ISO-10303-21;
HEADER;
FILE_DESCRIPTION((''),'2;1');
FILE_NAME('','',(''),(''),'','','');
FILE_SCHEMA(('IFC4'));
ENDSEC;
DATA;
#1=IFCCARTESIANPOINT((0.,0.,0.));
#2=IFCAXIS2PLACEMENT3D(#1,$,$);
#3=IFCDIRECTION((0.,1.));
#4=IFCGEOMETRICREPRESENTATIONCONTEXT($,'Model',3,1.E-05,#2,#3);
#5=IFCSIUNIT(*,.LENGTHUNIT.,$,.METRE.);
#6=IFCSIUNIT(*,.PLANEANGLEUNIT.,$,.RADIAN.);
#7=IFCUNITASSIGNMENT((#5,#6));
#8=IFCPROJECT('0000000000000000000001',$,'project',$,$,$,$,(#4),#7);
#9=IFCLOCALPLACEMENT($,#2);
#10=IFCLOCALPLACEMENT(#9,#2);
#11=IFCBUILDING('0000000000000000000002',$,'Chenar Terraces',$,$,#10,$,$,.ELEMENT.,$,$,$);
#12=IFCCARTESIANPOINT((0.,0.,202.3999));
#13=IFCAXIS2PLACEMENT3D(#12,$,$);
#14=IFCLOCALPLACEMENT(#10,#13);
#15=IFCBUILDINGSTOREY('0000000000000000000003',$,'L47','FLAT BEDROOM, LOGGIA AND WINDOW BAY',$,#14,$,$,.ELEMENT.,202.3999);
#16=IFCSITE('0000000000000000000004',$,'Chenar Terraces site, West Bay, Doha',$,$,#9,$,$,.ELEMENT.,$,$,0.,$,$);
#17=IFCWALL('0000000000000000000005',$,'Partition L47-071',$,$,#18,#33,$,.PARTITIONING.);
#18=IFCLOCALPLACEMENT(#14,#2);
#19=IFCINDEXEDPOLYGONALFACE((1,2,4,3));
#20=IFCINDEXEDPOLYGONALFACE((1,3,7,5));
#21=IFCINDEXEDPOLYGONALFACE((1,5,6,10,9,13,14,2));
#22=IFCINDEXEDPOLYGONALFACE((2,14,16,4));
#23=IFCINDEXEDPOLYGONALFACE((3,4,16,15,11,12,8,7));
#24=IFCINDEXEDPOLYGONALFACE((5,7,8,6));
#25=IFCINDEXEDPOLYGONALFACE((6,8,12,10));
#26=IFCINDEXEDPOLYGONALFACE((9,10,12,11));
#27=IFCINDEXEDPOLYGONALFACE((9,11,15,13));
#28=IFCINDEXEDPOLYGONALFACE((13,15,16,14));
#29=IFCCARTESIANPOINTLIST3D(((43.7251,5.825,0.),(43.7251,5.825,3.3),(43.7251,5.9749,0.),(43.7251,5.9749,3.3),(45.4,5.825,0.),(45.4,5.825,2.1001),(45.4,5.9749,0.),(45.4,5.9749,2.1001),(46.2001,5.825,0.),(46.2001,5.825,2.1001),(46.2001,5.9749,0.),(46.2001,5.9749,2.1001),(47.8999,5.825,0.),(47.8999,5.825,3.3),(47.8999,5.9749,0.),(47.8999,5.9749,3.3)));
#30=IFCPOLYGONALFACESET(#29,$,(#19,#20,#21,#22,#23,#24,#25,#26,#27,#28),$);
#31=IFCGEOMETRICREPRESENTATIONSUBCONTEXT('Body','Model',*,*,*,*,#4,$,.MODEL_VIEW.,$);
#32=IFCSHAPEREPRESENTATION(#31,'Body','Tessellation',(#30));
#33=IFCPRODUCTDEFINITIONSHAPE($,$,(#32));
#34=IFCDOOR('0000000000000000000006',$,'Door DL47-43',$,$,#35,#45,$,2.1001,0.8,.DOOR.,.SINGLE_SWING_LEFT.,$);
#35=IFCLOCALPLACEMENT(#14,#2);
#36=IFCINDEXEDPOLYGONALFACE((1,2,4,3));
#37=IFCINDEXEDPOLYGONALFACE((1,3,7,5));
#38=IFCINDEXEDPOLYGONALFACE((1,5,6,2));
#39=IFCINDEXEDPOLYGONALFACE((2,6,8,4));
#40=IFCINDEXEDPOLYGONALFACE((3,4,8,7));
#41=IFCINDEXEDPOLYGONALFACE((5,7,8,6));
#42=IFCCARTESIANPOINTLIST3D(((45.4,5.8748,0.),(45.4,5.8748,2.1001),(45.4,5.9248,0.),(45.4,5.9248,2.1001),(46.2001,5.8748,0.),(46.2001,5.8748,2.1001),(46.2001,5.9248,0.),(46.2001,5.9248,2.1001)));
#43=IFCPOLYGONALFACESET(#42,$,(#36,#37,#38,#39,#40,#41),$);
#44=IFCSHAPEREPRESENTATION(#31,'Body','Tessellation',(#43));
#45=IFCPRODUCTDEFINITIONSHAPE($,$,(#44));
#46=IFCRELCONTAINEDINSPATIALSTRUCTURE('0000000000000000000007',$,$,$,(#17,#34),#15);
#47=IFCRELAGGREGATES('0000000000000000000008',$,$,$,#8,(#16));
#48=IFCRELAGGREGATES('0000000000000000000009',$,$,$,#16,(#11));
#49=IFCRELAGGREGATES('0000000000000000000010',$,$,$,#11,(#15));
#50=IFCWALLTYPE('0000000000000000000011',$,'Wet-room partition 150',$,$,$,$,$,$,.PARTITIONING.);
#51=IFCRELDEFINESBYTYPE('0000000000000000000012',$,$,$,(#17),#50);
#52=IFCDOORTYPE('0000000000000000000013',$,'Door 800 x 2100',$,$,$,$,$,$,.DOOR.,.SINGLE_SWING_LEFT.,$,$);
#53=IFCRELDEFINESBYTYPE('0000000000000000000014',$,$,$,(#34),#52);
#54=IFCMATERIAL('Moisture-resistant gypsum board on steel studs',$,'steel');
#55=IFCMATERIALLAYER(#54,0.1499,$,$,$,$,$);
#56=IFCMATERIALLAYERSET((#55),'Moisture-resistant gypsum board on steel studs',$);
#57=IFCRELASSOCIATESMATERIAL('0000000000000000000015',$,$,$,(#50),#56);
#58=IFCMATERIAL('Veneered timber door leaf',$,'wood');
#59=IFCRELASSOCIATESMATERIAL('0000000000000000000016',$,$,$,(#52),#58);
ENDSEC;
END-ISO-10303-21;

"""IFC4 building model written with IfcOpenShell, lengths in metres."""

from ifc_helpers import new_model, si_unit, direction, frame, frame_2d, origin, place, context, subcontext, project, spatial, rectangle, extrude, material, layer, layer_set, type_object, element, fill, save


model = new_model("IFC4")

# Units and contexts
model_context = context("Model", 3, precision=1e-05, world=origin(), true_north=direction((0.0, 1.0)))
body_context = subcontext(model_context, "Body", "Model", "MODEL_VIEW")
ifc_project = project(units=[si_unit("LENGTHUNIT", "METRE"), si_unit("PLANEANGLEUNIT", "RADIAN")], contexts=[model_context])

# Site, building, storey
site_placement = place(None, origin())
site = spatial("IfcSite", under=ifc_project, at=site_placement, Name="Chenar Terraces site, West Bay, Doha", CompositionType="ELEMENT", RefElevation=0.0)
building_placement = place(site_placement, origin())
building = spatial("IfcBuilding", under=site, at=building_placement, Name="Chenar Terraces", CompositionType="ELEMENT")
storey_placement = place(building_placement, frame((0.0, 0.0, 202.3999)))
storey = spatial("IfcBuildingStorey", under=building, at=storey_placement, Name="L47", Description="FLAT BEDROOM, LOGGIA AND WINDOW BAY", CompositionType="ELEMENT", Elevation=202.3999)

# Wall, opening, door
ifc_material_1 = material(Name="Moisture-resistant gypsum board on steel studs", Category="steel")
ifc_layer_1 = layer(ifc_material_1, 0.1499)
ifc_layer_set_1 = layer_set([ifc_layer_1], Name="Moisture-resistant gypsum board on steel studs")
wall_type_1 = type_object("IfcWallType", Name="Wet-room partition 150", PredefinedType="PARTITIONING", material=ifc_layer_set_1)
wall_1_placement = place(storey_placement, frame((43.7251, 5.8999, 0.0), z_axis=(0.0, 0.0, 1.0), x_axis=(1.0, 0.0, 0.0)))
wall_1 = element("IfcWall", 1, at=wall_1_placement, inside=storey, type_object=wall_type_1, Name="Partition L47-071", PredefinedType="PARTITIONING", context=body_context, shape_type="SweptSolid", body=[
    extrude(rectangle(XDim=4.1748, YDim=0.1499, at=frame_2d((2.0874, 0.0))), origin(), (0.0, 0.0, 1.0), 3.3),
])
opening_1_placement = place(wall_1_placement, frame((1.675, 0.0, 0.0)))
opening_1 = element("IfcOpeningElement", 2, at=opening_1_placement, cuts=wall_1, PredefinedType="OPENING", context=body_context, shape_type="SweptSolid", body=[
    extrude(rectangle(XDim=0.8, YDim=2.1001, at=frame_2d((0.3999, 1.05))), frame((0.0, 0.085, 0.0), z_axis=(0.0, -1.0, 0.0), x_axis=(1.0, 0.0, 0.0)), (0.0, 0.0, 1.0), 0.1699),
])
ifc_material_2 = material(Name="Veneered timber door leaf", Category="wood")
door_type_1 = type_object("IfcDoorType", Name="Door 800 x 2100", OperationType="SINGLE_SWING_LEFT", PredefinedType="DOOR", material=ifc_material_2)
door_1_placement = place(opening_1_placement, origin())
door_1 = element("IfcDoor", 3, at=door_1_placement, inside=storey, type_object=door_type_1, Name="Door DL47-43", OperationType="SINGLE_SWING_LEFT", OverallHeight=2.1001, OverallWidth=0.8, PredefinedType="DOOR", context=body_context, shape_type="SweptSolid", body=[
    extrude(rectangle(XDim=0.8, YDim=2.1001, at=frame_2d((0.3999, 1.05))), frame((0.0, 0.0249, 0.0), z_axis=(0.0, -1.0, 0.0), x_axis=(1.0, 0.0, 0.0)), (0.0, 0.0, 1.0), 0.05),
])
fill(opening_1, door_1)

save(model, "model.ifc")
